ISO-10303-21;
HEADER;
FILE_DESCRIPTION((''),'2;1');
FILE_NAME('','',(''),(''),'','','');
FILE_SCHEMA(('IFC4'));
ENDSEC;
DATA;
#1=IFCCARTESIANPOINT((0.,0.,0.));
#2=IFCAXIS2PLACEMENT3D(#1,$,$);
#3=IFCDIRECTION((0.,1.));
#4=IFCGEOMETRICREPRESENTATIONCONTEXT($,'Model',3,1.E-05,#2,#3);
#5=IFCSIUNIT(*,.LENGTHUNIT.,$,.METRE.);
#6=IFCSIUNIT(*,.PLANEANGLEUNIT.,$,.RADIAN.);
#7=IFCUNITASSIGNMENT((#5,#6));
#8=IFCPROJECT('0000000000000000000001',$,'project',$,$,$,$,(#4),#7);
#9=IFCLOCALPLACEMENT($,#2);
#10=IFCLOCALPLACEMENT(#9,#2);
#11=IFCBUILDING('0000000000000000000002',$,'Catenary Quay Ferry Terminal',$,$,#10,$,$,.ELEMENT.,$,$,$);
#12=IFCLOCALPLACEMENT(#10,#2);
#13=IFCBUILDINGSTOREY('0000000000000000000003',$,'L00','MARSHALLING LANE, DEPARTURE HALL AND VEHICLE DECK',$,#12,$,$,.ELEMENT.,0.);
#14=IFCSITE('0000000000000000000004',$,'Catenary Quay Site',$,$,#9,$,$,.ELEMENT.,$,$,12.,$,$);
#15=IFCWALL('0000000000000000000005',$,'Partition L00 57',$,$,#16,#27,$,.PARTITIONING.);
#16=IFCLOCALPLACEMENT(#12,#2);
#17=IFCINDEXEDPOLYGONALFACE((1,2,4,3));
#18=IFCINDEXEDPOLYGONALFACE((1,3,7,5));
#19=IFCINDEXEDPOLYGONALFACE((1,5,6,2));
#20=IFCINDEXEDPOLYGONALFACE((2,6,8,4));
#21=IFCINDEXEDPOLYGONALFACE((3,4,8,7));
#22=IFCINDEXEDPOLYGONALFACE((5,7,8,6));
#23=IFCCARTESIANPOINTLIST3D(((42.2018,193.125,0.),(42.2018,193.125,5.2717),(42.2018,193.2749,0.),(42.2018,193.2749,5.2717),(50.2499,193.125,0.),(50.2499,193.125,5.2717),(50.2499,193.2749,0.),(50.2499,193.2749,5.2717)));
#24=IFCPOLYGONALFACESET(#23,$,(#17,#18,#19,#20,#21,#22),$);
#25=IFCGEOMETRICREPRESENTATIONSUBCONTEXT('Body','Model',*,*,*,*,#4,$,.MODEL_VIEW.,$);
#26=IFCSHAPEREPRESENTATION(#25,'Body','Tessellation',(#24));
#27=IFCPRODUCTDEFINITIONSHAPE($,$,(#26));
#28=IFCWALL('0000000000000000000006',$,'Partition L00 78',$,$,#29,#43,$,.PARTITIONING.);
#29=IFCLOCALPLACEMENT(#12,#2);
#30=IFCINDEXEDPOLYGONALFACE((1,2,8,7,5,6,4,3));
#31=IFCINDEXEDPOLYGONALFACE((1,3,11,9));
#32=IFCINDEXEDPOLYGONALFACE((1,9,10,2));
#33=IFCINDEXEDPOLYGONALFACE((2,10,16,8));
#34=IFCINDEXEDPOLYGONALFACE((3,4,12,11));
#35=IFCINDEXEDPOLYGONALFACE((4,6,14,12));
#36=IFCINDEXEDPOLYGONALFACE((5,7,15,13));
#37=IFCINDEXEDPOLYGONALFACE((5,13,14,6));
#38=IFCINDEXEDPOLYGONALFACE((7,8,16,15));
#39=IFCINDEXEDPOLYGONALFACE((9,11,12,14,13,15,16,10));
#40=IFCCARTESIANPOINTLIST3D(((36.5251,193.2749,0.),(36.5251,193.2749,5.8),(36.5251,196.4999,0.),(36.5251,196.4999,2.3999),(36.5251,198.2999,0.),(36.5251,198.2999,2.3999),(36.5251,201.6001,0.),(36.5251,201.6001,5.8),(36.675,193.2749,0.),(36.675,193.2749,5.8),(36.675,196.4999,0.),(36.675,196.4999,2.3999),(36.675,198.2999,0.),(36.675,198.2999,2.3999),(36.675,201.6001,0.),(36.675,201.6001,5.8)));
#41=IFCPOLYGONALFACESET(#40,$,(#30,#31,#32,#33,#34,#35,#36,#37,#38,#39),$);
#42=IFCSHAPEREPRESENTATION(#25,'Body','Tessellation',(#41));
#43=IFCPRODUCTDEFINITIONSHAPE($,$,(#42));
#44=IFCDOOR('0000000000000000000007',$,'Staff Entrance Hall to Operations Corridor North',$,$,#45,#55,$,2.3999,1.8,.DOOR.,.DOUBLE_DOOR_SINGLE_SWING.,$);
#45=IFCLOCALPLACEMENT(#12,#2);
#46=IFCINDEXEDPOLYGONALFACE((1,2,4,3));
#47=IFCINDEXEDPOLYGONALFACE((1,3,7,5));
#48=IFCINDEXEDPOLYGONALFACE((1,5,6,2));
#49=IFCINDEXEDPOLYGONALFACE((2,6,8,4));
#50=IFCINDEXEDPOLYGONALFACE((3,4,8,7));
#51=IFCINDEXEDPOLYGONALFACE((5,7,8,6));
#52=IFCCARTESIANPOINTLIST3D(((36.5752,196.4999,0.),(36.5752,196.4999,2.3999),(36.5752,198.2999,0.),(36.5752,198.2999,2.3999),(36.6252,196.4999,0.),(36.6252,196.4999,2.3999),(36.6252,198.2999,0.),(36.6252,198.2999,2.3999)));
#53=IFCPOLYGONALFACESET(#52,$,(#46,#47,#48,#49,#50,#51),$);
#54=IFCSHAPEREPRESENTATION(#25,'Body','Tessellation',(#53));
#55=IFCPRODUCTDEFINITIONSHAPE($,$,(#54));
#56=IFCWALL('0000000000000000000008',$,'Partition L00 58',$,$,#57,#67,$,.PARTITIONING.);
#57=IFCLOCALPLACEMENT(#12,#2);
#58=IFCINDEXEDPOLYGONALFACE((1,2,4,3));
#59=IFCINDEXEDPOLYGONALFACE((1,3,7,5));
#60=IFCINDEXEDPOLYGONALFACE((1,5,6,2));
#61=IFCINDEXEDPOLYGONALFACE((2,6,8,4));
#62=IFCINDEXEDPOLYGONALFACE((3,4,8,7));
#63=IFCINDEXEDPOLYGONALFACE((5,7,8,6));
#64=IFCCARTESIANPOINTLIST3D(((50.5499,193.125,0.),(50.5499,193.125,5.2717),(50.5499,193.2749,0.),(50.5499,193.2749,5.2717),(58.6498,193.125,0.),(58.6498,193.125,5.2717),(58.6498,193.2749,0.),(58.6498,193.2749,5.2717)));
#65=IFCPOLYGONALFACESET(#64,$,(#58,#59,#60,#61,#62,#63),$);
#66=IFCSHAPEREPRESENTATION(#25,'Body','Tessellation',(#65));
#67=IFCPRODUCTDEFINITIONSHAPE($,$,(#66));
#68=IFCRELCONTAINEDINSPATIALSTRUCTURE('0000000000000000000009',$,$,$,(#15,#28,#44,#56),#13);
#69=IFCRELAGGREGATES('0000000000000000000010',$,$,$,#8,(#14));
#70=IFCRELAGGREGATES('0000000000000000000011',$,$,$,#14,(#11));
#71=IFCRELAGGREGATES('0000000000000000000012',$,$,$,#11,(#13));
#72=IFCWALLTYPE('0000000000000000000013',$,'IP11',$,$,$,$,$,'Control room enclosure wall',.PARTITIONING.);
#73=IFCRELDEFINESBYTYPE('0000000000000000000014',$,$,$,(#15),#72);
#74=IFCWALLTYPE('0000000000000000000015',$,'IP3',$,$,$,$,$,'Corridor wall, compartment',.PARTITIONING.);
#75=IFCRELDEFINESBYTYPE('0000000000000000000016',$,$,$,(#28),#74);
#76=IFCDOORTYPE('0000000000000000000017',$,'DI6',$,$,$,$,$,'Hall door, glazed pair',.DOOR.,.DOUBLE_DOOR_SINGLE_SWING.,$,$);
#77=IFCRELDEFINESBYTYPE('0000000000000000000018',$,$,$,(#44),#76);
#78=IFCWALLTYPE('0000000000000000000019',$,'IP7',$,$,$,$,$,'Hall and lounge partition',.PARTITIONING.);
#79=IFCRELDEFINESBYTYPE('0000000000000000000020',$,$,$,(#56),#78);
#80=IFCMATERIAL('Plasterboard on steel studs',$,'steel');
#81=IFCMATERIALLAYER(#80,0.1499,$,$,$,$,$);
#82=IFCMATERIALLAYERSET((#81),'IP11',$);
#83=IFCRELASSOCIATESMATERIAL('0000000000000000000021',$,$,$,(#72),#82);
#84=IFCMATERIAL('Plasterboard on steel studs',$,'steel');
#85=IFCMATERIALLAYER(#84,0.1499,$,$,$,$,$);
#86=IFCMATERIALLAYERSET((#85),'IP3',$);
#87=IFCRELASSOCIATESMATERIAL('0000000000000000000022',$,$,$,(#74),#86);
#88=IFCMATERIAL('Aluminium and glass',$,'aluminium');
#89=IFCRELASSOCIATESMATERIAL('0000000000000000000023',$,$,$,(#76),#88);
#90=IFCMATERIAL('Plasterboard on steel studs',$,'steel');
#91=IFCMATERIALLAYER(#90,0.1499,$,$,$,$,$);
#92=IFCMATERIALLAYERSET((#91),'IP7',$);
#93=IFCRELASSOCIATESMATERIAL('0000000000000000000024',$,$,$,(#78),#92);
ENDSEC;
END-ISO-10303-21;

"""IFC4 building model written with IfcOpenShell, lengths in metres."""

from ifc_helpers import new_model, si_unit, direction, frame, frame_2d, origin, place, context, subcontext, project, spatial, rectangle, extrude, material, layer, layer_set, type_object, element, fill, save


model = new_model("IFC4")

# Units and contexts
model_context = context("Model", 3, precision=1e-05, world=origin(), true_north=direction((0.0, 1.0)))
body_context = subcontext(model_context, "Body", "Model", "MODEL_VIEW")
ifc_project = project(units=[si_unit("LENGTHUNIT", "METRE"), si_unit("PLANEANGLEUNIT", "RADIAN")], contexts=[model_context])

# Site, building, storey
site_placement = place(None, origin())
site = spatial("IfcSite", under=ifc_project, at=site_placement, Name="Catenary Quay Site", CompositionType="ELEMENT", RefElevation=12.0)
building_placement = place(site_placement, origin())
building = spatial("IfcBuilding", under=site, at=building_placement, Name="Catenary Quay Ferry Terminal", CompositionType="ELEMENT")
storey_placement = place(building_placement, origin())
storey = spatial("IfcBuildingStorey", under=building, at=storey_placement, Name="L00", Description="MARSHALLING LANE, DEPARTURE HALL AND VEHICLE DECK", CompositionType="ELEMENT", Elevation=0.0)

# Wall
ifc_material_1 = material(Name="Plasterboard on steel studs", Category="steel")
ifc_layer_1 = layer(ifc_material_1, 0.1499)
ifc_layer_set_1 = layer_set([ifc_layer_1], Name="IP11")
wall_type_1 = type_object("IfcWallType", Name="IP11", ElementType="Control room enclosure wall", PredefinedType="PARTITIONING", material=ifc_layer_set_1)
wall_1_placement = place(storey_placement, frame((42.2019, 193.2, 0.0), z_axis=(0.0, 0.0, 1.0), x_axis=(1.0, 0.0, 0.0)))
element("IfcWall", 1, at=wall_1_placement, inside=storey, type_object=wall_type_1, Name="Partition L00 57", PredefinedType="PARTITIONING", context=body_context, shape_type="SweptSolid", body=[
    extrude(rectangle(XDim=8.0481, YDim=0.1499, at=frame_2d((4.0239, 0.0))), origin(), (0.0, 0.0, 1.0), 5.2717),
])

# Wall, opening, door
ifc_material_2 = material(Name="Plasterboard on steel studs", Category="steel")
ifc_layer_2 = layer(ifc_material_2, 0.1499)
ifc_layer_set_2 = layer_set([ifc_layer_2], Name="IP3")
wall_type_2 = type_object("IfcWallType", Name="IP3", ElementType="Corridor wall, compartment", PredefinedType="PARTITIONING", material=ifc_layer_set_2)
wall_2_placement = place(storey_placement, frame((36.6001, 193.2749, 0.0), z_axis=(0.0, 0.0, 1.0), x_axis=(0.0, 1.0, 0.0)))
wall_2 = element("IfcWall", 2, at=wall_2_placement, inside=storey, type_object=wall_type_2, Name="Partition L00 78", PredefinedType="PARTITIONING", context=body_context, shape_type="SweptSolid", body=[
    extrude(rectangle(XDim=8.3252, YDim=0.1499, at=frame_2d((4.1626, 0.0))), origin(), (0.0, 0.0, 1.0), 5.8),
])
opening_placement = place(wall_2_placement, frame((3.2251, 0.0, 0.0)))
opening = element("IfcOpeningElement", 3, at=opening_placement, cuts=wall_2, PredefinedType="OPENING", context=body_context, shape_type="SweptSolid", body=[
    extrude(rectangle(XDim=1.8, YDim=2.3999, at=frame_2d((0.8999, 1.2))), frame((0.0, 0.085, 0.0), z_axis=(0.0, -1.0, 0.0), x_axis=(1.0, 0.0, 0.0)), (0.0, 0.0, 1.0), 0.1699),
])
ifc_material_3 = material(Name="Aluminium and glass", Category="aluminium")
door_type = type_object("IfcDoorType", Name="DI6", ElementType="Hall door, glazed pair", OperationType="DOUBLE_DOOR_SINGLE_SWING", PredefinedType="DOOR", material=ifc_material_3)
door_placement = place(opening_placement, origin())
door = element("IfcDoor", 4, at=door_placement, inside=storey, type_object=door_type, Name="Staff Entrance Hall to Operations Corridor North", OperationType="DOUBLE_DOOR_SINGLE_SWING", OverallHeight=2.3999, OverallWidth=1.8, PredefinedType="DOOR", context=body_context, shape_type="SweptSolid", body=[
    extrude(rectangle(XDim=1.8, YDim=2.3999, at=frame_2d((0.8999, 1.2))), frame((0.0, 0.0249, 0.0), z_axis=(0.0, -1.0, 0.0), x_axis=(1.0, 0.0, 0.0)), (0.0, 0.0, 1.0), 0.05),
])
fill(opening, door)

# Wall
ifc_material_4 = material(Name="Plasterboard on steel studs", Category="steel")
ifc_layer_3 = layer(ifc_material_4, 0.1499)
ifc_layer_set_3 = layer_set([ifc_layer_3], Name="IP7")
wall_type_3 = type_object("IfcWallType", Name="IP7", ElementType="Hall and lounge partition", PredefinedType="PARTITIONING", material=ifc_layer_set_3)
wall_3_placement = place(storey_placement, frame((50.55, 193.2, 0.0), z_axis=(0.0, 0.0, 1.0), x_axis=(1.0, 0.0, 0.0)))
element("IfcWall", 5, at=wall_3_placement, inside=storey, type_object=wall_type_3, Name="Partition L00 58", PredefinedType="PARTITIONING", context=body_context, shape_type="SweptSolid", body=[
    extrude(rectangle(XDim=8.0999, YDim=0.1499, at=frame_2d((4.0498, 0.0))), origin(), (0.0, 0.0, 1.0), 5.2717),
])

save(model, "model.ifc")
